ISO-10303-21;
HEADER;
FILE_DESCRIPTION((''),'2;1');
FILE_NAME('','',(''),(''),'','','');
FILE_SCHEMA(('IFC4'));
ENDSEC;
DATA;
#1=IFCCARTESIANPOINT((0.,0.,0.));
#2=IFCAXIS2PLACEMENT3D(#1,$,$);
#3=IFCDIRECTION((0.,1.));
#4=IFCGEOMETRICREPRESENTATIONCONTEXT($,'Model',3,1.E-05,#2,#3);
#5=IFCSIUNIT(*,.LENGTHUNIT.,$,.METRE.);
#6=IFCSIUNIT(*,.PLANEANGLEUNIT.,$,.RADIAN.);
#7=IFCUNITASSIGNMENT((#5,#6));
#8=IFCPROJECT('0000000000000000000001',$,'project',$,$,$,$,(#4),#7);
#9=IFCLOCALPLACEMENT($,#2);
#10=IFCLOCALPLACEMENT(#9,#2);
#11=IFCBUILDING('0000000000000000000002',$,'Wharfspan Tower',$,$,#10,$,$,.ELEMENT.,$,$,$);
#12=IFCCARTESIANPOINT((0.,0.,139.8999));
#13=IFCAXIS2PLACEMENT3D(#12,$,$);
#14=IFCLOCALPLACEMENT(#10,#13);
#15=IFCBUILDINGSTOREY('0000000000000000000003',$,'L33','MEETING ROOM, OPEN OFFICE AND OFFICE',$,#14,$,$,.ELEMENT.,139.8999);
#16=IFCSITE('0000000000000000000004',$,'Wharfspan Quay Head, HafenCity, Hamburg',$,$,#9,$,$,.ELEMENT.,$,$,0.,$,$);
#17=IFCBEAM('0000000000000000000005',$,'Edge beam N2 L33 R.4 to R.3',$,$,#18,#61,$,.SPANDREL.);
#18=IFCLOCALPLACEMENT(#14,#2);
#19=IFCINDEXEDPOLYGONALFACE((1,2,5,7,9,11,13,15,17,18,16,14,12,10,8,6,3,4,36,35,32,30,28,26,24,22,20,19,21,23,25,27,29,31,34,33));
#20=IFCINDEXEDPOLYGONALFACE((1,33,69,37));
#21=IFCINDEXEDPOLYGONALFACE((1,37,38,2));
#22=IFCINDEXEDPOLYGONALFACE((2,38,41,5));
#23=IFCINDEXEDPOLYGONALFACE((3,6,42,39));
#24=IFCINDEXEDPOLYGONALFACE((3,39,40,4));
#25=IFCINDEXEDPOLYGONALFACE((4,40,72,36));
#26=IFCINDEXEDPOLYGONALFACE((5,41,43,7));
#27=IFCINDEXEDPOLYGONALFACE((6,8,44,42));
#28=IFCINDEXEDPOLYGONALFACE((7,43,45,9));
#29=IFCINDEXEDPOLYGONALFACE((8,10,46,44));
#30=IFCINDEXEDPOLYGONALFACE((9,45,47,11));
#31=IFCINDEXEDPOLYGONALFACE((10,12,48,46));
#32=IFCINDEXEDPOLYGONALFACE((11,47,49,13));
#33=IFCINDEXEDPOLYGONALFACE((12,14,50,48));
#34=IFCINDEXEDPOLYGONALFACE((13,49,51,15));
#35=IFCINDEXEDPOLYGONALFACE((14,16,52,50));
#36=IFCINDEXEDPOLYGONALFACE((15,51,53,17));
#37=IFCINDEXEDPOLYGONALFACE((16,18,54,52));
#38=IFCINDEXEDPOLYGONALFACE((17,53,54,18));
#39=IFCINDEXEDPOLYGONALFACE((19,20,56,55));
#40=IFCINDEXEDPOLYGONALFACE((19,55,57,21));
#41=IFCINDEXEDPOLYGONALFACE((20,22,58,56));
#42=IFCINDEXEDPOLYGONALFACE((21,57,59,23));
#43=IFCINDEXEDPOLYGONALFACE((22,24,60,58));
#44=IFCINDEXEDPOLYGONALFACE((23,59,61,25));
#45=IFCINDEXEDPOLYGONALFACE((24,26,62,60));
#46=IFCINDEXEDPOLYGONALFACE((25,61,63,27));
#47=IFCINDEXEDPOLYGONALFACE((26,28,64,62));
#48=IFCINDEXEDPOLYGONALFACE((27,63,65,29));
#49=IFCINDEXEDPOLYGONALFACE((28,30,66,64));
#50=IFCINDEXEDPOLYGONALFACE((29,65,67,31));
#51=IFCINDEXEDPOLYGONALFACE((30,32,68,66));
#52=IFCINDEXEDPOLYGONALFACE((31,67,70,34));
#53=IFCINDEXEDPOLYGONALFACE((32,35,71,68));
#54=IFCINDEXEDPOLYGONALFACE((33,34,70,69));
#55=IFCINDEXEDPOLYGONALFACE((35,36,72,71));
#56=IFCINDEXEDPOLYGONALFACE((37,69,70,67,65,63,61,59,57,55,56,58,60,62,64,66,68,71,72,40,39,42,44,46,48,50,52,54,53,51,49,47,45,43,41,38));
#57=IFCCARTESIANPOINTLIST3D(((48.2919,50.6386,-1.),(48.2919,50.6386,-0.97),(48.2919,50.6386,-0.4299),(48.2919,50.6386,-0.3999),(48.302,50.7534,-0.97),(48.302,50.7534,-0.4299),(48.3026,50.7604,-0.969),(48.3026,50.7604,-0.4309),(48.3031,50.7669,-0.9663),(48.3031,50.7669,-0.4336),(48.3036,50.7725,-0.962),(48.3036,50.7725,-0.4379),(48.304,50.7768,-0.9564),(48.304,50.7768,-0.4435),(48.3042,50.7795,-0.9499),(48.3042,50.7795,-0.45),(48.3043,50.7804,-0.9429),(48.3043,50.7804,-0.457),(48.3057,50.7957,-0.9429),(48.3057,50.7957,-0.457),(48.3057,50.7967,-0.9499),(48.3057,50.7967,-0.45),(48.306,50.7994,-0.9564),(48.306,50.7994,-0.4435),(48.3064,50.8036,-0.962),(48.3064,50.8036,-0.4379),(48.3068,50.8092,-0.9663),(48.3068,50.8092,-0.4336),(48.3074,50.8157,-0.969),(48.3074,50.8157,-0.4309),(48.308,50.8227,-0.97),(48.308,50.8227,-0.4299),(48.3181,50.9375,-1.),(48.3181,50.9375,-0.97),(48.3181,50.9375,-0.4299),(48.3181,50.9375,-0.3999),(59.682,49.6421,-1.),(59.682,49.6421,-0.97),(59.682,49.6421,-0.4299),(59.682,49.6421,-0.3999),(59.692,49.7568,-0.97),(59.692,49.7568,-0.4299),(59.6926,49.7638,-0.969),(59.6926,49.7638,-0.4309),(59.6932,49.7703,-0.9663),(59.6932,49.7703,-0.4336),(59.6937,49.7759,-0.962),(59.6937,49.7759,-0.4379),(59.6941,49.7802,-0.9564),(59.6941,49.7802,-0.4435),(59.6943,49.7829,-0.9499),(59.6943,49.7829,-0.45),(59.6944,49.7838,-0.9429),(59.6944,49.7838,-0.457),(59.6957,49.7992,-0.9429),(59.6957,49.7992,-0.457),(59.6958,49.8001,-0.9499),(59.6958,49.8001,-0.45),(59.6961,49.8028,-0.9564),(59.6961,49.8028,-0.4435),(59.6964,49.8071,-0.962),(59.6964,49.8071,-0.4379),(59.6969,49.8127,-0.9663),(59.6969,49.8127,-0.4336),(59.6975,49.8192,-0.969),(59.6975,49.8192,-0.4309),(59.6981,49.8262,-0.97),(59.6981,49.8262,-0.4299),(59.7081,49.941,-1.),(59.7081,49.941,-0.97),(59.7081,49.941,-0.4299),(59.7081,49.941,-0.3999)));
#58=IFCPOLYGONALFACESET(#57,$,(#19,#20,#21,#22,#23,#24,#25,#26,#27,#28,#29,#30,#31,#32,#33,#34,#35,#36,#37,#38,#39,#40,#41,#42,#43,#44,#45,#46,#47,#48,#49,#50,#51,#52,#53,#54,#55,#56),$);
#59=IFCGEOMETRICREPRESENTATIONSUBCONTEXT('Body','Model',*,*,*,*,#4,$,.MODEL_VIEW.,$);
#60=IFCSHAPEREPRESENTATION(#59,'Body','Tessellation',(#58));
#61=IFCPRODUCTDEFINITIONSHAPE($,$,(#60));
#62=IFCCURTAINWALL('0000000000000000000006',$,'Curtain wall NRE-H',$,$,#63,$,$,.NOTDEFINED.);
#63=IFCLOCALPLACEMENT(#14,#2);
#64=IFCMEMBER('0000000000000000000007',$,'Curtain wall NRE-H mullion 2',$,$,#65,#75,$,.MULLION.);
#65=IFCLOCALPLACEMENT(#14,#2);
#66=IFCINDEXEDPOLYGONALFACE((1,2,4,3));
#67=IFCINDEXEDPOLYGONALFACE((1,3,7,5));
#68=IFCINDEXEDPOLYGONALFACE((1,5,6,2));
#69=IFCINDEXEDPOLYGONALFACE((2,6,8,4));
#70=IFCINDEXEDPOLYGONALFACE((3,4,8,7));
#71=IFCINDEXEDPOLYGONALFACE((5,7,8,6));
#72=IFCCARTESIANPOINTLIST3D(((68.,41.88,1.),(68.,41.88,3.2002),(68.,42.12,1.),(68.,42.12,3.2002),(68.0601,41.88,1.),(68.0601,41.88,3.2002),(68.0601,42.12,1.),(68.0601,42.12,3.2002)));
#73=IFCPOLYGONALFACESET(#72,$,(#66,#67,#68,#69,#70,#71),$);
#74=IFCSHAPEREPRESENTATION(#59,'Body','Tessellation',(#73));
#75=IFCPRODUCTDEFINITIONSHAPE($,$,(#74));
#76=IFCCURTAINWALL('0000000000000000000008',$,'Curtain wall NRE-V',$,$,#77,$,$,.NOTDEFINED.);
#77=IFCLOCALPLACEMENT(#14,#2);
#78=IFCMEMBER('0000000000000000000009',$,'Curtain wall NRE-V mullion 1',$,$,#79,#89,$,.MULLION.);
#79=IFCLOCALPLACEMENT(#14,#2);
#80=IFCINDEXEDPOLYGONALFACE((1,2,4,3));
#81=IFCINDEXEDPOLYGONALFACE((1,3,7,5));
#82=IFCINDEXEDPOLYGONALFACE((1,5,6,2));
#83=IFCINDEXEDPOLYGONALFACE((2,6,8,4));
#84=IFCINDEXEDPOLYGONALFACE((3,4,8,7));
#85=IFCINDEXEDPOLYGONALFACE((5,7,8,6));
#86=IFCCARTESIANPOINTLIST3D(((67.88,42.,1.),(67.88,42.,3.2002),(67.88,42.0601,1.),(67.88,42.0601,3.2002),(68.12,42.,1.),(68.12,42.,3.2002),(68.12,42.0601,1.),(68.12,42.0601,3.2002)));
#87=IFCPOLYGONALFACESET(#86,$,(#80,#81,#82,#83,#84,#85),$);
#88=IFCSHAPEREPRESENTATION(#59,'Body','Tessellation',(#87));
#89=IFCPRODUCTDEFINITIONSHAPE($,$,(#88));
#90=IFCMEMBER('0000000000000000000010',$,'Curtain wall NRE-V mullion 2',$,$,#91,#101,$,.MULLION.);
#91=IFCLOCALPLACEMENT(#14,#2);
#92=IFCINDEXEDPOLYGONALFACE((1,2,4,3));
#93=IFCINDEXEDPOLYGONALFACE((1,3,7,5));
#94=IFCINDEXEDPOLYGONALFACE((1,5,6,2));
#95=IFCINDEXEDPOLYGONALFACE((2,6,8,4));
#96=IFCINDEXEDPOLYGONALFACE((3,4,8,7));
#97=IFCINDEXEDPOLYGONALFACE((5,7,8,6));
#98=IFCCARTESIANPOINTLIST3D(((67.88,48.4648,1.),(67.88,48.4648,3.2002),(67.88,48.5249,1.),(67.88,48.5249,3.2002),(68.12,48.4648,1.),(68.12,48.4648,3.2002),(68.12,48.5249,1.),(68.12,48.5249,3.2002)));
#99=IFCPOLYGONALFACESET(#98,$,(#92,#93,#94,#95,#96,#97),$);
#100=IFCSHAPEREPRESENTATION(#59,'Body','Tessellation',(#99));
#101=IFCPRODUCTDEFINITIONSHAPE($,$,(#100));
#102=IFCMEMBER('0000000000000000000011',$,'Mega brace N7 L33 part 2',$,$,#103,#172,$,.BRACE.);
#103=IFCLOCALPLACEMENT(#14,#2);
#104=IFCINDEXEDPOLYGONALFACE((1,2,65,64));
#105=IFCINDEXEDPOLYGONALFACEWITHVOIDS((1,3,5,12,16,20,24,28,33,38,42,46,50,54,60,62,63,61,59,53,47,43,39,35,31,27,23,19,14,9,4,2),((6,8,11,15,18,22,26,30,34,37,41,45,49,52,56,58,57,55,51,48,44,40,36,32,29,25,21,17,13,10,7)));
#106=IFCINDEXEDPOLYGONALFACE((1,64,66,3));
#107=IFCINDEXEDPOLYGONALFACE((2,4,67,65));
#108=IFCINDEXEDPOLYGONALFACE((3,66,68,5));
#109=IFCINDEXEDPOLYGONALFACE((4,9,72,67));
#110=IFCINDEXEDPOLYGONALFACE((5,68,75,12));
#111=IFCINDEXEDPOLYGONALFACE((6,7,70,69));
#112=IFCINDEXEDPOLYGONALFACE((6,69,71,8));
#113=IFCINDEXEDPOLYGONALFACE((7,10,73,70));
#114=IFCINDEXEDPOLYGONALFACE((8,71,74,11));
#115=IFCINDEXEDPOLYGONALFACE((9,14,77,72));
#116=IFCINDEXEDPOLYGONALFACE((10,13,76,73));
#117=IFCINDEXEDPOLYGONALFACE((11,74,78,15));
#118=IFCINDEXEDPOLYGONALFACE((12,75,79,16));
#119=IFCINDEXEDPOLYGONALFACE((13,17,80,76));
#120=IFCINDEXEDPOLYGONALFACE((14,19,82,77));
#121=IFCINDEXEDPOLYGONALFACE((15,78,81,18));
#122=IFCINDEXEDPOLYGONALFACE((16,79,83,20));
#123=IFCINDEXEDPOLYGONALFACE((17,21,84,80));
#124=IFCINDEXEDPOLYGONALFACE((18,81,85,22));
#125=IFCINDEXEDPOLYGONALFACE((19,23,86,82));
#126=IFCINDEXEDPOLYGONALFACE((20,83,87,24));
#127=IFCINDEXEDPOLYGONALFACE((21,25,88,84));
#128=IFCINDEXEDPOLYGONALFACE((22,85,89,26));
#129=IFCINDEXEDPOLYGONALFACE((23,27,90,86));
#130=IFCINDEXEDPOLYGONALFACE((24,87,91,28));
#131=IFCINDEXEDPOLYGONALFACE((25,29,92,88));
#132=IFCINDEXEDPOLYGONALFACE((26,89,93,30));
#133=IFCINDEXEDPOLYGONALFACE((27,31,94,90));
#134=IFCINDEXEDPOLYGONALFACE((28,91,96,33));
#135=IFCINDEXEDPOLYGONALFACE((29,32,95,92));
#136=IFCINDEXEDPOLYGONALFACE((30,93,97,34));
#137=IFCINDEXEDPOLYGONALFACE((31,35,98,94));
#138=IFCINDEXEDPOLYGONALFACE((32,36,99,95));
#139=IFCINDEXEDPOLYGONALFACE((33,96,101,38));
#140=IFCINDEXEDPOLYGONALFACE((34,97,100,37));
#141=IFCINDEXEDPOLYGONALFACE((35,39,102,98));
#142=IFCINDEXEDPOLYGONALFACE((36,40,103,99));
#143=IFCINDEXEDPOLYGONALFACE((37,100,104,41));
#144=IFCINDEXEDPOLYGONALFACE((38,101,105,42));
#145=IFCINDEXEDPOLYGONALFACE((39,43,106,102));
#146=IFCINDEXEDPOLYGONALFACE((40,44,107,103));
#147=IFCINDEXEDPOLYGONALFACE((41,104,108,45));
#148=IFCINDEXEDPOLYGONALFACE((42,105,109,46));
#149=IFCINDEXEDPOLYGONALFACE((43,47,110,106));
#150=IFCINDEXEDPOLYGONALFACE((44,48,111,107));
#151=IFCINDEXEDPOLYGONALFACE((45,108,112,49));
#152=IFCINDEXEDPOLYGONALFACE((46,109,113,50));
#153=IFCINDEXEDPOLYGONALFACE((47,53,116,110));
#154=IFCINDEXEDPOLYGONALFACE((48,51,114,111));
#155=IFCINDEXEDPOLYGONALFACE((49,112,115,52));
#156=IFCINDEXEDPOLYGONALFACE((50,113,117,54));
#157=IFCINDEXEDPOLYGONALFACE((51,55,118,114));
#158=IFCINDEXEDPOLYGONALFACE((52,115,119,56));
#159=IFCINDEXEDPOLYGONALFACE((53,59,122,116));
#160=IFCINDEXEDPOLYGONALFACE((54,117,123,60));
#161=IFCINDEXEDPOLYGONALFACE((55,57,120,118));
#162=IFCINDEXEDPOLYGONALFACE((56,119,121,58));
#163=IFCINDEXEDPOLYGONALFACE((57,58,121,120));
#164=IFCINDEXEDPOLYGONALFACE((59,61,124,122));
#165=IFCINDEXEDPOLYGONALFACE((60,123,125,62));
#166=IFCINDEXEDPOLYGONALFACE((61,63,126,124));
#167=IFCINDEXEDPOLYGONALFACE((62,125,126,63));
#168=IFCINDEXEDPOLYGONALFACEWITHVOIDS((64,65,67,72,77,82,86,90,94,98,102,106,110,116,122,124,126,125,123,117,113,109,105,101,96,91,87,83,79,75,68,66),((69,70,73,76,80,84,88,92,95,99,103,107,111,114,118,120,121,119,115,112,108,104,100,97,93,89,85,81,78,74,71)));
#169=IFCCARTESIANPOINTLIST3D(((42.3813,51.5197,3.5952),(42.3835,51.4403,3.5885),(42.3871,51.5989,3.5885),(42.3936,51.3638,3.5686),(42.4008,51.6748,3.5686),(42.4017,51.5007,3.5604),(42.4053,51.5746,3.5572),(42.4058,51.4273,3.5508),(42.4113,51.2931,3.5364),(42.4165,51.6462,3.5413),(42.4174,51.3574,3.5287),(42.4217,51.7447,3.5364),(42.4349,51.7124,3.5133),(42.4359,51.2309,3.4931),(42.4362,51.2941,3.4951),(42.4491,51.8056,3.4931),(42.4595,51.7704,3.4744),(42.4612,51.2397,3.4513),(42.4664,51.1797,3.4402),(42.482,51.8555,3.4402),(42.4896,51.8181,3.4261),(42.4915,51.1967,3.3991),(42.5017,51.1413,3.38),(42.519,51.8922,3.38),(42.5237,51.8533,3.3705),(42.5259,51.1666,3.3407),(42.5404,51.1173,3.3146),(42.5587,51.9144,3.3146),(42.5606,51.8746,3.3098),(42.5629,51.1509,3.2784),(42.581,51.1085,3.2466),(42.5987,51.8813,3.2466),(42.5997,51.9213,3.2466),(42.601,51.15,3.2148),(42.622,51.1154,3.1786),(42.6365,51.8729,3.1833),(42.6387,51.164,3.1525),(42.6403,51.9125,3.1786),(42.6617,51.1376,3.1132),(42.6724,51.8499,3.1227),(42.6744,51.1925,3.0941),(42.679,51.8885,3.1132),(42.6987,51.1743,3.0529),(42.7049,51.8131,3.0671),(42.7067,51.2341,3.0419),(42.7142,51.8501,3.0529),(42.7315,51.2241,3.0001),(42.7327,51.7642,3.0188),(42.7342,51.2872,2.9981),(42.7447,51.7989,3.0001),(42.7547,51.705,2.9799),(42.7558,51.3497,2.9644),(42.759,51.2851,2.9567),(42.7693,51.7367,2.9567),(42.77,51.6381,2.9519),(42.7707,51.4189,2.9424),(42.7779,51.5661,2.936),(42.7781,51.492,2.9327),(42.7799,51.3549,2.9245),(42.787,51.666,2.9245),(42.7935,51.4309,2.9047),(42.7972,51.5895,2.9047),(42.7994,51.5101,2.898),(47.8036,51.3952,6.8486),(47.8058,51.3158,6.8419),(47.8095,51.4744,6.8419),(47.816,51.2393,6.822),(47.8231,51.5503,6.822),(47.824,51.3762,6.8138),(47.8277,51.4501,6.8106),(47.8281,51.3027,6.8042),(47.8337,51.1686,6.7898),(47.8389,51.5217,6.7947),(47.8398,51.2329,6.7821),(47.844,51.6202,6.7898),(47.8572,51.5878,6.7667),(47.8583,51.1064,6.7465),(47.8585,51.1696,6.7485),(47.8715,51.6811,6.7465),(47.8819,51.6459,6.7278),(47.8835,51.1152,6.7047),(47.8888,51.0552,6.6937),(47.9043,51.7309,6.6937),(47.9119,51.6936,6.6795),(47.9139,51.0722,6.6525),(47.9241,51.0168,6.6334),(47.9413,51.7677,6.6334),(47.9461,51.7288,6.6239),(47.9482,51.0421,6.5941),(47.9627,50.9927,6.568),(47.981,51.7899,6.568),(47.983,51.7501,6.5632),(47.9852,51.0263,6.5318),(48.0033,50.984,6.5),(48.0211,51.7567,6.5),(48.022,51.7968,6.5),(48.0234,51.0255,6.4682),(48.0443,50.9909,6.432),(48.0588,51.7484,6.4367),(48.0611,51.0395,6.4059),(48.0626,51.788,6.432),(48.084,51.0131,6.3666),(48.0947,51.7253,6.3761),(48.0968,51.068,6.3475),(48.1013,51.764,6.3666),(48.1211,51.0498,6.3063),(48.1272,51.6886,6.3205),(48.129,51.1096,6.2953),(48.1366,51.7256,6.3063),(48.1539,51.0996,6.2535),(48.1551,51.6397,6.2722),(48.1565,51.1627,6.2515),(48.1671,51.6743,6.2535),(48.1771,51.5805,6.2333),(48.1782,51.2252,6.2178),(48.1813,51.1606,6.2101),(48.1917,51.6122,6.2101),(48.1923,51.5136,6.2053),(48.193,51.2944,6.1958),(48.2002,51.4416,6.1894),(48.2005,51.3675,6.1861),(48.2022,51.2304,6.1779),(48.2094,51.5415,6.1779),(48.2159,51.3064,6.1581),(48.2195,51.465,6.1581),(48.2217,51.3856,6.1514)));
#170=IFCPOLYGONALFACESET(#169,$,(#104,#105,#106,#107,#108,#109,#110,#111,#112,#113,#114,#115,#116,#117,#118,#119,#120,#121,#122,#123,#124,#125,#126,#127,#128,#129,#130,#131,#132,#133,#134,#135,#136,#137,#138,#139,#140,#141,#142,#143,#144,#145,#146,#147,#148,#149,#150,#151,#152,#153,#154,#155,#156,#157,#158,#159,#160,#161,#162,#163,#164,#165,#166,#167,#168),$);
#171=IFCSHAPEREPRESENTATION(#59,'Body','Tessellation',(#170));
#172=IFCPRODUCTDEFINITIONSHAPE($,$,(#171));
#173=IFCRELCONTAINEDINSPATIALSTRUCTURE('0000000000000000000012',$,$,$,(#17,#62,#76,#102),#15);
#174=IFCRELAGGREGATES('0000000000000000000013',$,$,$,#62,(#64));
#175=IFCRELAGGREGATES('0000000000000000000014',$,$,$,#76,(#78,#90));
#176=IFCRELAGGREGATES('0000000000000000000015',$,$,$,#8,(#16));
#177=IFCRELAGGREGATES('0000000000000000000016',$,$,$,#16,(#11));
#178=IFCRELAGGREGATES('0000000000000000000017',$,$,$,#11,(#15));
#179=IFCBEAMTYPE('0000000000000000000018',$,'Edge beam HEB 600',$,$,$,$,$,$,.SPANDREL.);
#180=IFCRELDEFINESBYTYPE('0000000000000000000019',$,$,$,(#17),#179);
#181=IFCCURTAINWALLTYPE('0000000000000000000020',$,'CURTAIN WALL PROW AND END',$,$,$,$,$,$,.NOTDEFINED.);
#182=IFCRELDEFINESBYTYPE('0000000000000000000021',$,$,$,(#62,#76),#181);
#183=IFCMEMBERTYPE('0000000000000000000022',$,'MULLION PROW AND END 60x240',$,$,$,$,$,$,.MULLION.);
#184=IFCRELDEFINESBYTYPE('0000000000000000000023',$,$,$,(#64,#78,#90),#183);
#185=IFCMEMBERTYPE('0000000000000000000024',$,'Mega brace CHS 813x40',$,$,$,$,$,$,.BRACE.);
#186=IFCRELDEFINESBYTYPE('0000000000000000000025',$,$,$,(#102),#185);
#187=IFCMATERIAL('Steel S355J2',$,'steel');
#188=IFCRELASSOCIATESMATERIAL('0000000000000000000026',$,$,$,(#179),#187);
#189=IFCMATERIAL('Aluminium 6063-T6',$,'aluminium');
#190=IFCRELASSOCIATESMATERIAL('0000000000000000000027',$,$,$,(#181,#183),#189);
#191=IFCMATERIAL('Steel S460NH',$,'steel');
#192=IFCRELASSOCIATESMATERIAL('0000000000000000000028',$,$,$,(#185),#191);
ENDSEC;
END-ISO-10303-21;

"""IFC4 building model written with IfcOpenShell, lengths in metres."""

from ifc_helpers import new_model, si_unit, direction, frame, origin, origin_2d, place, context, subcontext, project, spatial, rectangle, hollow_circle, i_section, extrude, material, material_profile, profile_set, type_object, element, aggregate, save


model = new_model("IFC4")

# Units and contexts
model_context = context("Model", 3, precision=1e-05, world=origin(), true_north=direction((0.0, 1.0)))
body_context = subcontext(model_context, "Body", "Model", "MODEL_VIEW")
ifc_project = project(units=[si_unit("LENGTHUNIT", "METRE"), si_unit("PLANEANGLEUNIT", "RADIAN")], contexts=[model_context])

# Site, building, storey
site_placement = place(None, origin())
site = spatial("IfcSite", under=ifc_project, at=site_placement, Name="Wharfspan Quay Head, HafenCity, Hamburg", CompositionType="ELEMENT", RefElevation=0.0)
building_placement = place(site_placement, origin())
building = spatial("IfcBuilding", under=site, at=building_placement, Name="Wharfspan Tower", CompositionType="ELEMENT")
storey_placement = place(building_placement, frame((0.0, 0.0, 139.8999)))
storey = spatial("IfcBuildingStorey", under=building, at=storey_placement, Name="L33", Description="MEETING ROOM, OPEN OFFICE AND OFFICE", CompositionType="ELEMENT", Elevation=139.8999)

# Shared definitions
ifc_material_1 = material(Name="Steel S355J2", Category="steel")

# Beam
ifc_material_profile_1 = material_profile(ifc_material_1, i_section(OverallWidth=0.3, OverallDepth=0.6001, WebThickness=0.0154, FlangeThickness=0.03, FilletRadius=0.0271, at=origin_2d()))
ifc_profile_set_1 = profile_set([ifc_material_profile_1], Name="Steel S355J2")
beam_type = type_object("IfcBeamType", Name="Edge beam HEB 600", PredefinedType="SPANDREL", material=ifc_profile_set_1)
beam_placement = place(storey_placement, frame((59.6951, 49.7915, -0.7), z_axis=(-0.996194, 0.087162, 0.0), x_axis=(-0.087162, -0.996194, 0.0)))
element("IfcBeam", 1, at=beam_placement, inside=storey, type_object=beam_type, Name="Edge beam N2 L33 R.4 to R.3", PredefinedType="SPANDREL", context=body_context, shape_type="SweptSolid", body=[
    extrude(i_section(OverallWidth=0.3, OverallDepth=0.6001, WebThickness=0.0154, FlangeThickness=0.03, FilletRadius=0.0271, at=origin_2d()), origin(), (0.0, 0.0, 1.0), 11.4336),
])

# Curtain wall, member
ifc_material_2 = material(Name="Aluminium 6063-T6", Category="aluminium")
curtain_wall_type = type_object("IfcCurtainWallType", Name="CURTAIN WALL PROW AND END", PredefinedType="NOTDEFINED", material=ifc_material_2)
curtain_wall_1_placement = place(storey_placement, origin())
curtain_wall_1 = element("IfcCurtainWall", 2, at=curtain_wall_1_placement, inside=storey, type_object=curtain_wall_type, Name="Curtain wall NRE-H", PredefinedType="NOTDEFINED")
ifc_material_profile_2 = material_profile(ifc_material_2, rectangle(XDim=0.24, YDim=0.0601, at=origin_2d()))
ifc_profile_set_2 = profile_set([ifc_material_profile_2], Name="Aluminium 6063-T6")
member_type_1 = type_object("IfcMemberType", Name="MULLION PROW AND END 60x240", PredefinedType="MULLION", material=ifc_profile_set_2)
member_1_placement = place(storey_placement, frame((68.03, 42.0, 1.0), z_axis=(0.0, 0.0, 1.0), x_axis=(0.0, -1.0, 0.0)))
member_1 = element("IfcMember", 3, at=member_1_placement, type_object=member_type_1, Name="Curtain wall NRE-H mullion 2", PredefinedType="MULLION", context=body_context, shape_type="SweptSolid", body=[
    extrude(rectangle(XDim=0.24, YDim=0.0601, at=origin_2d()), origin(), (0.0, 0.0, 1.0), 2.2002),
])
aggregate(curtain_wall_1, [member_1])

# Curtain wall, members
curtain_wall_2_placement = place(storey_placement, origin())
curtain_wall_2 = element("IfcCurtainWall", 4, at=curtain_wall_2_placement, inside=storey, type_object=curtain_wall_type, Name="Curtain wall NRE-V", PredefinedType="NOTDEFINED")
member_2_placement = place(storey_placement, frame((68.0, 42.03, 1.0), z_axis=(0.0, 0.0, 1.0), x_axis=(-1.0, 0.0, 0.0)))
member_2 = element("IfcMember", 5, at=member_2_placement, type_object=member_type_1, Name="Curtain wall NRE-V mullion 1", PredefinedType="MULLION", context=body_context, shape_type="SweptSolid", body=[
    extrude(rectangle(XDim=0.24, YDim=0.0601, at=origin_2d()), origin(), (0.0, 0.0, 1.0), 2.2002),
])
member_3_placement = place(storey_placement, frame((68.0, 48.4949, 1.0), z_axis=(0.0, 0.0, 1.0), x_axis=(-1.0, 0.0, 0.0)))
member_3 = element("IfcMember", 6, at=member_3_placement, type_object=member_type_1, Name="Curtain wall NRE-V mullion 2", PredefinedType="MULLION", context=body_context, shape_type="SweptSolid", body=[
    extrude(rectangle(XDim=0.24, YDim=0.0601, at=origin_2d()), origin(), (0.0, 0.0, 1.0), 2.2002),
])

# Member
ifc_material_3 = material(Name="Steel S460NH", Category="steel")
ifc_material_profile_3 = material_profile(ifc_material_3, hollow_circle(Radius=0.4065, WallThickness=0.04, at=origin_2d()))
ifc_profile_set_3 = profile_set([ifc_material_profile_3], Name="Steel S460NH")
member_type_2 = type_object("IfcMemberType", Name="Mega brace CHS 813x40", PredefinedType="BRACE", material=ifc_profile_set_3)
member_4_placement = place(storey_placement, frame((42.5903, 51.5149, 3.2466), z_axis=(0.857327, -0.019686, 0.514396), x_axis=(0.022956, 0.999736, 0.0)))
element("IfcMember", 7, at=member_4_placement, inside=storey, type_object=member_type_2, Name="Mega brace N7 L33 part 2", PredefinedType="BRACE", context=body_context, shape_type="SweptSolid", body=[
    extrude(hollow_circle(Radius=0.4065, WallThickness=0.04, at=origin_2d()), origin(), (0.0, 0.0, 1.0), 6.3247),
])

aggregate(curtain_wall_2, [member_2, member_3])

save(model, "model.ifc")
